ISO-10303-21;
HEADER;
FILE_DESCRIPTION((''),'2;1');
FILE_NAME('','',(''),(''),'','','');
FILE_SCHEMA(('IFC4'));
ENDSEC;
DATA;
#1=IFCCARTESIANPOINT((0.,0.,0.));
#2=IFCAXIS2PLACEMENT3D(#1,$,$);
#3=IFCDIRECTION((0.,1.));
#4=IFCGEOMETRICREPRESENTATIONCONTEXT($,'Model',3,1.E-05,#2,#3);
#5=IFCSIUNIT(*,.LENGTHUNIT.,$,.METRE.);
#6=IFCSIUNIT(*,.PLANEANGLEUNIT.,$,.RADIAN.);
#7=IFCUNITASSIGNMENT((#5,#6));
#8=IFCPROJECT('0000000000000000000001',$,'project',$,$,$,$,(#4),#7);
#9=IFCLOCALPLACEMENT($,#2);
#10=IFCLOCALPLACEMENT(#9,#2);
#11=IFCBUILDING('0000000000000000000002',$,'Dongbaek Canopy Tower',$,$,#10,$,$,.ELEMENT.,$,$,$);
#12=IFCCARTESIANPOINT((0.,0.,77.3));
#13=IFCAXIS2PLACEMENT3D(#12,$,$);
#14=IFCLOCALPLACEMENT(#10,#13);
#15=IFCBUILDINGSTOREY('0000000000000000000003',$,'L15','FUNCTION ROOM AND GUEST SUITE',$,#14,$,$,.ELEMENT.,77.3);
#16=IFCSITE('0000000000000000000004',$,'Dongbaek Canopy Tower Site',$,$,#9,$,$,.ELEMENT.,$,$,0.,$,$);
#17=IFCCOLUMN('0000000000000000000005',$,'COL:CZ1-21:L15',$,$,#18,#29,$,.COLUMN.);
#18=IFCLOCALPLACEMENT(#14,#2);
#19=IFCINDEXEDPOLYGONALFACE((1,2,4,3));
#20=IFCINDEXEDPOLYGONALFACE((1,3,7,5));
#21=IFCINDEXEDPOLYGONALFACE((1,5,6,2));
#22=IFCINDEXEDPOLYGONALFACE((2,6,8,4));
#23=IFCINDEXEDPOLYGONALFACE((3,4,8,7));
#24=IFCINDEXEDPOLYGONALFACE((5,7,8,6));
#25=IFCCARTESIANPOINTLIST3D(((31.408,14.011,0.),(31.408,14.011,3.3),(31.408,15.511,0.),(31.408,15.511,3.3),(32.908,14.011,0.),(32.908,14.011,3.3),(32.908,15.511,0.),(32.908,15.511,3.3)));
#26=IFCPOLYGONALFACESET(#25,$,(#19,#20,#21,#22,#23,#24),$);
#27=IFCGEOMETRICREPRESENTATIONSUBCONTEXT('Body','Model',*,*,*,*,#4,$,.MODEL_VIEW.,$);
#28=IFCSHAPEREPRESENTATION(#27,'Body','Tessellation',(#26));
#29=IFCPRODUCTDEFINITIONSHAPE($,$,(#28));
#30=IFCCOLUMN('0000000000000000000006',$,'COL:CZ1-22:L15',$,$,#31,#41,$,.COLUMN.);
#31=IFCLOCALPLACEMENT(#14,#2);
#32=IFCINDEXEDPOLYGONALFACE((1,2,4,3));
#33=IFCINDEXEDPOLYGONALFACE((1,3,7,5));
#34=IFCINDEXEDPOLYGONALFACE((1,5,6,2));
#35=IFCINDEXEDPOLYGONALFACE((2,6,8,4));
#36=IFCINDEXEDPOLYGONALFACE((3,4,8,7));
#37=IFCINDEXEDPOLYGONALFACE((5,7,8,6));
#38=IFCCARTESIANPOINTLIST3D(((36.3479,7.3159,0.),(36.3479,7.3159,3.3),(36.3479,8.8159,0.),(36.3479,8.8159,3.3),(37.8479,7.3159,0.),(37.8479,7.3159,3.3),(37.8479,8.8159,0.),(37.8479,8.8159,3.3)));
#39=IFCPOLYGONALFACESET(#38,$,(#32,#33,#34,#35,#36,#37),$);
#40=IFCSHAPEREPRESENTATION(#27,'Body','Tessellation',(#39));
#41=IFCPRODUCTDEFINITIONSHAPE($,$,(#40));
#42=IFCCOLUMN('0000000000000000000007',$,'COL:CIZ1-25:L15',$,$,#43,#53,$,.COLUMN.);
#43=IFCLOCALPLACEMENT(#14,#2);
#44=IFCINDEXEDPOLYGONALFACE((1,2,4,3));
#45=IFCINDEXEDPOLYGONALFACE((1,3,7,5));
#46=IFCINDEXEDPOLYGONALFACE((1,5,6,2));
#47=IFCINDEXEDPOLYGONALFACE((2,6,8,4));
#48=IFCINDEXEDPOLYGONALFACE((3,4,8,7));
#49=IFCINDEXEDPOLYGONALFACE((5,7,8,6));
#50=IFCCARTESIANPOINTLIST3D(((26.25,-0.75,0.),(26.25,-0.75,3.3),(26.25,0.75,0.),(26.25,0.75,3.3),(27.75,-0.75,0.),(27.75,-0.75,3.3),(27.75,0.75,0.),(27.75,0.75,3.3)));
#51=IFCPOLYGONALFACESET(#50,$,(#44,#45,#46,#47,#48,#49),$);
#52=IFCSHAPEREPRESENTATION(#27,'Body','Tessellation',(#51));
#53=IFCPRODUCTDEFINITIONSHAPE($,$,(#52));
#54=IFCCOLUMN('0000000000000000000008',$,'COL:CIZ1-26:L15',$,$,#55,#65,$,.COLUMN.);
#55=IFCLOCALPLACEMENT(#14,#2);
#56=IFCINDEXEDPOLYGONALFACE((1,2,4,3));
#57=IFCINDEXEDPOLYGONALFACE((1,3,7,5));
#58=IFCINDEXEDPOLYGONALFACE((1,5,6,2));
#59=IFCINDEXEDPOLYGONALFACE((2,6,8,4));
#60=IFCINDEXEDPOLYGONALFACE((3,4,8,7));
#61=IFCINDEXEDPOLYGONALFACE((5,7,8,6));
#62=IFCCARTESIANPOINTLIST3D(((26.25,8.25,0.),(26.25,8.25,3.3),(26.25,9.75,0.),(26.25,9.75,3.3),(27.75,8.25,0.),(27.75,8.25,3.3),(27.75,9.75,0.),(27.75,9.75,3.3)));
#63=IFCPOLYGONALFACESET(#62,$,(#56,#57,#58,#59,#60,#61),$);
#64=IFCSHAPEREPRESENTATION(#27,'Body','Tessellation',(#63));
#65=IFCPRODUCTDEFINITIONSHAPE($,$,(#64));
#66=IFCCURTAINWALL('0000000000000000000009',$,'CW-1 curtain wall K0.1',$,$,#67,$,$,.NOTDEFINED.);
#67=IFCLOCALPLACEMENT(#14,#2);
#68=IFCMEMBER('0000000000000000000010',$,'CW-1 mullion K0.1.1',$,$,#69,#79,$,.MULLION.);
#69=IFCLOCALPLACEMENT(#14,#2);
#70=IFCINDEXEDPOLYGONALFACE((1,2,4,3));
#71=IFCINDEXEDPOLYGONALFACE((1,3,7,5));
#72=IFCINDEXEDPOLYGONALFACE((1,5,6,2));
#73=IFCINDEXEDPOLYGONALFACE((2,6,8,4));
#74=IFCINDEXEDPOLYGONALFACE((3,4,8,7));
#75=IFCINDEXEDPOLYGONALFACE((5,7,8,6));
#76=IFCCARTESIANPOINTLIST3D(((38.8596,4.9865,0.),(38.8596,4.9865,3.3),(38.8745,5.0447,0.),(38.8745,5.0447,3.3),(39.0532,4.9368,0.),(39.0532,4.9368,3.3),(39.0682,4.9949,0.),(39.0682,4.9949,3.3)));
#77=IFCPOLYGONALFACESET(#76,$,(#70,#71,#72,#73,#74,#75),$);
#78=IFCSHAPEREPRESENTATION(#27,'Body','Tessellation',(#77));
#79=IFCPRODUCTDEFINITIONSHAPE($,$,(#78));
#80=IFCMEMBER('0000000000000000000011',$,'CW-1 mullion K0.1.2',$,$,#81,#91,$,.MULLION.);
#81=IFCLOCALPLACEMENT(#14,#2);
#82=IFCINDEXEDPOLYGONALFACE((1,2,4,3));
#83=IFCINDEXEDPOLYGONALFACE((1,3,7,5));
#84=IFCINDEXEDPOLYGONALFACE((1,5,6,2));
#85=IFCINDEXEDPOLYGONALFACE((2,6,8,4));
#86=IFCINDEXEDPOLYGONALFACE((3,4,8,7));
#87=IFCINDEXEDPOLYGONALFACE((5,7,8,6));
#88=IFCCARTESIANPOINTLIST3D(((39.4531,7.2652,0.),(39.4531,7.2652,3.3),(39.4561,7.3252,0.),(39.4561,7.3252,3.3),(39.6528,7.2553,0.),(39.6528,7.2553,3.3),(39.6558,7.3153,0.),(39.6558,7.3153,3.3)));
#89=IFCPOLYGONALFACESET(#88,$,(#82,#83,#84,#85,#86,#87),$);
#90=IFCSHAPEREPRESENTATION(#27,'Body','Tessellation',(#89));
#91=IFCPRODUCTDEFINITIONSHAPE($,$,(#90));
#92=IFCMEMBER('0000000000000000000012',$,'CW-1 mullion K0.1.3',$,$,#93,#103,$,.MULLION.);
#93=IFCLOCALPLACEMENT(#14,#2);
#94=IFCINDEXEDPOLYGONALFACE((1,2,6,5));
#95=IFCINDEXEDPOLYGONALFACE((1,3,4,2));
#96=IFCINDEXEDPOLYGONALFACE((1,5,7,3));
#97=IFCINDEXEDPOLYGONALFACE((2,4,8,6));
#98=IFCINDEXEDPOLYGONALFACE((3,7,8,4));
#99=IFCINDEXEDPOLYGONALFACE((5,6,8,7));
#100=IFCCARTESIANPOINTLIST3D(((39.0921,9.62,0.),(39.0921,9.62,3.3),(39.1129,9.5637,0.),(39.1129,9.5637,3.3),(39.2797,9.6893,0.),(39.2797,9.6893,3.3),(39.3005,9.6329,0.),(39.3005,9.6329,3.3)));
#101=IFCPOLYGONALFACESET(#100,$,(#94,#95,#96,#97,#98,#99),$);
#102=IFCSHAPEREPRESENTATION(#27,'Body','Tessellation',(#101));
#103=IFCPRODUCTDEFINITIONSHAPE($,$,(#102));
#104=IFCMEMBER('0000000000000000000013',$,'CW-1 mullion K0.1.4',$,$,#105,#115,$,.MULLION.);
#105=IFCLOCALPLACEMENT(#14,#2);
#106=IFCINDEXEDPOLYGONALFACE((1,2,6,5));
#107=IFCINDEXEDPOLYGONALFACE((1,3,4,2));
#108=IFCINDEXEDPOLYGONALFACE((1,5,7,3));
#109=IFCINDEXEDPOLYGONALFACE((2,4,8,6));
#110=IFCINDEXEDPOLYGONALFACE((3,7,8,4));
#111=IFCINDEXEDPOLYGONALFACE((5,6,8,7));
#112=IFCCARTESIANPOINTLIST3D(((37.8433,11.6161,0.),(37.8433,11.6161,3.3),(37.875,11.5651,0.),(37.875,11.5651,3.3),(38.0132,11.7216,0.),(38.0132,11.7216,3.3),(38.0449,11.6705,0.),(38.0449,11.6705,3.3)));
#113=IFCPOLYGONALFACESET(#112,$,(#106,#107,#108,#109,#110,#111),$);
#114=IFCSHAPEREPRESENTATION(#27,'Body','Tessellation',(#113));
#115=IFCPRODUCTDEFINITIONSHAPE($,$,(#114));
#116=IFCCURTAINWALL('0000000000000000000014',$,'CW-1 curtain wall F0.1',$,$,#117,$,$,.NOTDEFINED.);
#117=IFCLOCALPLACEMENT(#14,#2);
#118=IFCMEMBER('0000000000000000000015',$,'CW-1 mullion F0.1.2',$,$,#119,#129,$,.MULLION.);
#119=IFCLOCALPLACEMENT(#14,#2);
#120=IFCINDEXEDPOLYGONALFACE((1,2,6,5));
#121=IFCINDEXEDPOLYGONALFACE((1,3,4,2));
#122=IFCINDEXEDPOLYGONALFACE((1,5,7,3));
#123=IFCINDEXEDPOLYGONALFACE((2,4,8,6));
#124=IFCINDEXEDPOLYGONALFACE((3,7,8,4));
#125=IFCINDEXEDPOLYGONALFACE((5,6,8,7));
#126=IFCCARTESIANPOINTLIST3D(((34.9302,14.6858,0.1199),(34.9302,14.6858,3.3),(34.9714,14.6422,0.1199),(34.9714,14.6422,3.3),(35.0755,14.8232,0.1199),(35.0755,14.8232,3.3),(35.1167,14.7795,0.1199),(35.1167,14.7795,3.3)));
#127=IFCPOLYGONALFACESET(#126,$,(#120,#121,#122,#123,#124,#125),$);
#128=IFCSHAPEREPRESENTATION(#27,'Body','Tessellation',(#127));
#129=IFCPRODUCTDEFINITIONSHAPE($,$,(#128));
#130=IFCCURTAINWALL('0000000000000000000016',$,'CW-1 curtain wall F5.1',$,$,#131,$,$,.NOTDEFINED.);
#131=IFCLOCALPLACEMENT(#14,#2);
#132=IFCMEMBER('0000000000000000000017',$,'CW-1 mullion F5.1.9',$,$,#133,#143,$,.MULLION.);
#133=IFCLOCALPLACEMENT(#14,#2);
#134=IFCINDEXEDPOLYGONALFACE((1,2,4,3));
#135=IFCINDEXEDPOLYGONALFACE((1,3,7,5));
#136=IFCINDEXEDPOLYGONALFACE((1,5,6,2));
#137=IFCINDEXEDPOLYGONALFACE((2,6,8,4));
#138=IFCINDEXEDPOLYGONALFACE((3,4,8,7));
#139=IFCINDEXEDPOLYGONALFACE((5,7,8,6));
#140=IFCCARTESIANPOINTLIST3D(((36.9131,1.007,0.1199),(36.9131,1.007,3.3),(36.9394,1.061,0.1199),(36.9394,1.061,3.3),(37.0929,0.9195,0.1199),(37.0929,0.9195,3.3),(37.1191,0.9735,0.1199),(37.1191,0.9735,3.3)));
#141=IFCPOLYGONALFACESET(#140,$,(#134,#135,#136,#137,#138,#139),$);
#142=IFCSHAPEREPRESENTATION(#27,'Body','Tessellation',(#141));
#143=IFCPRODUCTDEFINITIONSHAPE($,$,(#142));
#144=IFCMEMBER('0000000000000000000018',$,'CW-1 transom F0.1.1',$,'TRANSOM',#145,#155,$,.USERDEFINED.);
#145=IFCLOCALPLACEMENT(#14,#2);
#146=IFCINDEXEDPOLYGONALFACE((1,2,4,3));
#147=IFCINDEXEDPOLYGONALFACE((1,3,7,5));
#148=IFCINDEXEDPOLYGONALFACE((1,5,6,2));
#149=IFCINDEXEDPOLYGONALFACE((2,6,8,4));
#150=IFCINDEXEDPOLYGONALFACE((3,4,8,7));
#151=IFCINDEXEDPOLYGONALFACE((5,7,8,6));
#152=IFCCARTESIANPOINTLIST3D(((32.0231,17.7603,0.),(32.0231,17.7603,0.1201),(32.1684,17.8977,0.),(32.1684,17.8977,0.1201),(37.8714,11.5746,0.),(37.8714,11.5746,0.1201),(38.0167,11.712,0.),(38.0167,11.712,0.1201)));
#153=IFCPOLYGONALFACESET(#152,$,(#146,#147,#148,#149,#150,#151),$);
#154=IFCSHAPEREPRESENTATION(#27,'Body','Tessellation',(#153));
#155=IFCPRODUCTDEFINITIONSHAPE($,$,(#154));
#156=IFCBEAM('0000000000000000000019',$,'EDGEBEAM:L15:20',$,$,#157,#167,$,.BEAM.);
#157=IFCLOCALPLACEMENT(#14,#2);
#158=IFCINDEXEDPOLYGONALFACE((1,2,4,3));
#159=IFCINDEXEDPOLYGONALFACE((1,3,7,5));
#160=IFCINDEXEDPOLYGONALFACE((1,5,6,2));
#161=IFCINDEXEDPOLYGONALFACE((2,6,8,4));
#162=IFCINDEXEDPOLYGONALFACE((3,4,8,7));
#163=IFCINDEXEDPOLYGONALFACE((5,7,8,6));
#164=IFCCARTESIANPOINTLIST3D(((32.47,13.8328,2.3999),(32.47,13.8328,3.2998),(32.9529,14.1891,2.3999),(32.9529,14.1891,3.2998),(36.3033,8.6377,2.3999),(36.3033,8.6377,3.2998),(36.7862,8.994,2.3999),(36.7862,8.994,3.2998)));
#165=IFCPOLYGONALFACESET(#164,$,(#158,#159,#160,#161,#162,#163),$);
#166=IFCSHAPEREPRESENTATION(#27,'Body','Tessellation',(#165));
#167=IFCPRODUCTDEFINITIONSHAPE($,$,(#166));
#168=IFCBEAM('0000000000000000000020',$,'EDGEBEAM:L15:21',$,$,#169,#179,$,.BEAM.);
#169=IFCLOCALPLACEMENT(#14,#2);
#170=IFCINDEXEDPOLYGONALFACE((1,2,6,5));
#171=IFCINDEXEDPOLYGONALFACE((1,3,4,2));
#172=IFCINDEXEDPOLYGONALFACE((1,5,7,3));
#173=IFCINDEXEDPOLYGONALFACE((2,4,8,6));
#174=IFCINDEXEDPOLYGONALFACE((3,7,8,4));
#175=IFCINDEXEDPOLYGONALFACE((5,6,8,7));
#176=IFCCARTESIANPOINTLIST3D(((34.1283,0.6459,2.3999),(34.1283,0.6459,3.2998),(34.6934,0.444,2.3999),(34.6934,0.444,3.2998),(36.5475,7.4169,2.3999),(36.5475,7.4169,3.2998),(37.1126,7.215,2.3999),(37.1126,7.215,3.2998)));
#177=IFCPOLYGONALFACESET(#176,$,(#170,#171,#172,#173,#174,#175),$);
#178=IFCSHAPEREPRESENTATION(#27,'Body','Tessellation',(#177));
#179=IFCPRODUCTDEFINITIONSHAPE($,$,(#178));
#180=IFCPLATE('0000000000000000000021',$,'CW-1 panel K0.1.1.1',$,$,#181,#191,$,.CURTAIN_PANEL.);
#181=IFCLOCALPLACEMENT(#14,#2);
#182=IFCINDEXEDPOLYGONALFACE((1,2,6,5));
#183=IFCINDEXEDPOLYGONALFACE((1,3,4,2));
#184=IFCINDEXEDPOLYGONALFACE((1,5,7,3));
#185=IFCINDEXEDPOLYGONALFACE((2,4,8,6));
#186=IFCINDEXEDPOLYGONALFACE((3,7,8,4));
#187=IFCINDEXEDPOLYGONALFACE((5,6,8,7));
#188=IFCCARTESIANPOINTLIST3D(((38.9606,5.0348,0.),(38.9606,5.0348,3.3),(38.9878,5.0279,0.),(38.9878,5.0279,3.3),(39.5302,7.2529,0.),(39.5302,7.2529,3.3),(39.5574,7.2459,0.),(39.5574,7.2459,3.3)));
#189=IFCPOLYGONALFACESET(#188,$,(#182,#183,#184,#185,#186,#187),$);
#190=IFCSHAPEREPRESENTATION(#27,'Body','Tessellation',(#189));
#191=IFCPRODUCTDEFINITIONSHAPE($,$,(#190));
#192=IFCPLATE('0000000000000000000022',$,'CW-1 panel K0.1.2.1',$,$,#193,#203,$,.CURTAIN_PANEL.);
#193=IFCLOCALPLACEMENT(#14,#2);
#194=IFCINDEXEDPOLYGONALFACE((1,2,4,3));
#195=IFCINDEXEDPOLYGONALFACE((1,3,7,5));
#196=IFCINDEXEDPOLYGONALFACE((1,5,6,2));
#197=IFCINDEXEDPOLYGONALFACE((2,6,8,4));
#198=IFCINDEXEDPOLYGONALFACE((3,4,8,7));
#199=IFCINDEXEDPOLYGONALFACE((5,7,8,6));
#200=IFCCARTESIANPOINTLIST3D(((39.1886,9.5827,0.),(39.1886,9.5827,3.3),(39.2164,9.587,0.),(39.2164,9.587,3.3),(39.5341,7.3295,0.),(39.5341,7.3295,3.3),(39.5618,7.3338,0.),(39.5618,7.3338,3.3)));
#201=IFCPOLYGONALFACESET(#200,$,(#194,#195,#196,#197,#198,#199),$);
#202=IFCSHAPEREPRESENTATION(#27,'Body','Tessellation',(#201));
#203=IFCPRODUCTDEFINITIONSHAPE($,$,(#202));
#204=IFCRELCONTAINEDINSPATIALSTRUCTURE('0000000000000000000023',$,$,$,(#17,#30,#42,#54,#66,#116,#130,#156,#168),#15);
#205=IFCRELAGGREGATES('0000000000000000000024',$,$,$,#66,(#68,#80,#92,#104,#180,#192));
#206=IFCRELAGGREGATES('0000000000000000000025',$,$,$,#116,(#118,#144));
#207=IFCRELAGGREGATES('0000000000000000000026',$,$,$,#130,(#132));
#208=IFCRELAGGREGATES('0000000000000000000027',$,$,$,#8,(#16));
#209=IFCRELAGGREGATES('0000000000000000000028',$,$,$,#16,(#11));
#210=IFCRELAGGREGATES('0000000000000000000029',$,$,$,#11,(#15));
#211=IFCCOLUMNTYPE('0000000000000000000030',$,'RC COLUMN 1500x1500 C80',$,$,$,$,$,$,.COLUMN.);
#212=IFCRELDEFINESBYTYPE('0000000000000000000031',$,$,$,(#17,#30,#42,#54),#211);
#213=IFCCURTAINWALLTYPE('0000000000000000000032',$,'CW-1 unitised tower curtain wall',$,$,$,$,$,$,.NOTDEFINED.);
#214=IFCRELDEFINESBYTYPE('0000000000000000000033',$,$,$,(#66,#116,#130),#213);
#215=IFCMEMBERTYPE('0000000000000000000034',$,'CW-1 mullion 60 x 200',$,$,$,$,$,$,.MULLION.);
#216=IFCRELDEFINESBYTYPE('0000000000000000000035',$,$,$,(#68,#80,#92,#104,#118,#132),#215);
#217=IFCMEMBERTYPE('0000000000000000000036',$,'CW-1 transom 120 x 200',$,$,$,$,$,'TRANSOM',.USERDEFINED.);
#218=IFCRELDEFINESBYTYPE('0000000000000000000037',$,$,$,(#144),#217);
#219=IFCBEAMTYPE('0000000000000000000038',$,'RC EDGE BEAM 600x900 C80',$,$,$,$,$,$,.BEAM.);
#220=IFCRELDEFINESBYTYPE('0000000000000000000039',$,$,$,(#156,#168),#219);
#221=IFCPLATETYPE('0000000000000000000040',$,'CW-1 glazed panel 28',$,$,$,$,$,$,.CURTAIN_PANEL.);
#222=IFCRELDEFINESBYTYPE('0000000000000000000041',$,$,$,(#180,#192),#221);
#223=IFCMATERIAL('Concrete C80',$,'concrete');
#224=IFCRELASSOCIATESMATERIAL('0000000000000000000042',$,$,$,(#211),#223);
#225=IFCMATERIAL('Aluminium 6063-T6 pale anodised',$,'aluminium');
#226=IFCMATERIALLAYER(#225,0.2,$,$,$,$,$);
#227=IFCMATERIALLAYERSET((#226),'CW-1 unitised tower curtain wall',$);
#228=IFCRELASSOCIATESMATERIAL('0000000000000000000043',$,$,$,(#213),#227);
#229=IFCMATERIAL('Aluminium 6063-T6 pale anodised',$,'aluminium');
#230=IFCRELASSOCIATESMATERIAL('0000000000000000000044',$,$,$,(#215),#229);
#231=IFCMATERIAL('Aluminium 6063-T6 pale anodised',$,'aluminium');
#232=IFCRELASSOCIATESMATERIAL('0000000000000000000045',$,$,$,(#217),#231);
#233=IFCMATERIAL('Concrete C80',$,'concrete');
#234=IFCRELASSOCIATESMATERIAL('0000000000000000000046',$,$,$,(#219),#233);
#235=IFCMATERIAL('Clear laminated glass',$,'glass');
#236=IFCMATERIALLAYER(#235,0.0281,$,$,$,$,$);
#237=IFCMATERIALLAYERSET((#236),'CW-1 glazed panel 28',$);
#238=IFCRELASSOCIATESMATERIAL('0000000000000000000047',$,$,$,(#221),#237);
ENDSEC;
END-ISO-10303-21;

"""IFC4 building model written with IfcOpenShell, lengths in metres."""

from ifc_helpers import new_model, si_unit, direction, frame, origin, origin_2d, place, context, subcontext, project, spatial, rectangle, extrude, material, layer, layer_set, material_profile, profile_set, type_object, element, aggregate, save


model = new_model("IFC4")

# Units and contexts
model_context = context("Model", 3, precision=1e-05, world=origin(), true_north=direction((0.0, 1.0)))
body_context = subcontext(model_context, "Body", "Model", "MODEL_VIEW")
ifc_project = project(units=[si_unit("LENGTHUNIT", "METRE"), si_unit("PLANEANGLEUNIT", "RADIAN")], contexts=[model_context])

# Site, building, storey
site_placement = place(None, origin())
site = spatial("IfcSite", under=ifc_project, at=site_placement, Name="Dongbaek Canopy Tower Site", CompositionType="ELEMENT", RefElevation=0.0)
building_placement = place(site_placement, origin())
building = spatial("IfcBuilding", under=site, at=building_placement, Name="Dongbaek Canopy Tower", CompositionType="ELEMENT")
storey_placement = place(building_placement, frame((0.0, 0.0, 77.3)))
storey = spatial("IfcBuildingStorey", under=building, at=storey_placement, Name="L15", Description="FUNCTION ROOM AND GUEST SUITE", CompositionType="ELEMENT", Elevation=77.3)

# Columns
ifc_material_1 = material(Name="Concrete C80", Category="concrete")
ifc_material_profile_1 = material_profile(ifc_material_1, rectangle(XDim=1.5, YDim=1.5, at=origin_2d()), Name="RC COLUMN 1500x1500 C80")
ifc_profile_set_1 = profile_set([ifc_material_profile_1], Name="Concrete C80")
column_type = type_object("IfcColumnType", Name="RC COLUMN 1500x1500 C80", PredefinedType="COLUMN", material=ifc_profile_set_1)
for number, where, z_axis, x_axis, name in (
    (1, (32.158, 14.761, 0.0), (0.0, 0.0, 1.0), (1.0, 0.0, 0.0), "COL:CZ1-21:L15"),
    (2, (37.0979, 8.0659, 0.0), (0.0, 0.0, 1.0), (1.0, 0.0, 0.0), "COL:CZ1-22:L15"),
    (3, (27.0, 0.0, 0.0), (0.0, 0.0, 1.0), (1.0, 0.0, 0.0), "COL:CIZ1-25:L15"),
    (4, (27.0, 9.0, 0.0), (0.0, 0.0, 1.0), (1.0, 0.0, 0.0), "COL:CIZ1-26:L15"),
):
    element("IfcColumn", number, at=place(storey_placement, frame(where, z_axis=z_axis, x_axis=x_axis)), inside=storey, type_object=column_type, Name=name, PredefinedType="COLUMN", context=body_context, shape_type="SweptSolid", body=[
        extrude(rectangle(XDim=1.5, YDim=1.5, at=origin_2d()), origin(), (0.0, 0.0, 1.0), 3.3),
    ])

# Curtain wall, members
ifc_material_2 = material(Name="Aluminium 6063-T6 pale anodised", Category="aluminium")
ifc_layer_1 = layer(ifc_material_2, 0.2)
ifc_layer_set_1 = layer_set([ifc_layer_1], Name="CW-1 unitised tower curtain wall")
curtain_wall_type = type_object("IfcCurtainWallType", Name="CW-1 unitised tower curtain wall", PredefinedType="NOTDEFINED", material=ifc_layer_set_1)
curtain_wall_1_placement = place(storey_placement, origin())
curtain_wall_1 = element("IfcCurtainWall", 5, at=curtain_wall_1_placement, inside=storey, type_object=curtain_wall_type, Name="CW-1 curtain wall K0.1", PredefinedType="NOTDEFINED")
ifc_material_3 = material(Name="Aluminium 6063-T6 pale anodised", Category="aluminium")
ifc_material_profile_2 = material_profile(ifc_material_3, rectangle(XDim=0.2, YDim=0.0601, at=origin_2d()), Name="CW-1 mullion 60 x 200")
ifc_profile_set_2 = profile_set([ifc_material_profile_2], Name="Aluminium 6063-T6 pale anodised")
member_type_1 = type_object("IfcMemberType", Name="CW-1 mullion 60 x 200", PredefinedType="MULLION", material=ifc_profile_set_2)
member_1_placement = place(storey_placement, frame((38.9639, 4.9907, 0.0), z_axis=(0.0, 0.0, 1.0), x_axis=(0.968575, -0.248722, 0.0)))
member_1 = element("IfcMember", 6, at=member_1_placement, type_object=member_type_1, Name="CW-1 mullion K0.1.1", PredefinedType="MULLION", context=body_context, shape_type="SweptSolid", body=[
    extrude(rectangle(XDim=0.2, YDim=0.0601, at=origin_2d()), origin(), (0.0, 0.0, 1.0), 3.3),
])
member_2_placement = place(storey_placement, frame((39.5544, 7.2903, 0.0), z_axis=(0.0, 0.0, 1.0), x_axis=(0.998769, -0.049596, 0.0)))
member_2 = element("IfcMember", 7, at=member_2_placement, type_object=member_type_1, Name="CW-1 mullion K0.1.2", PredefinedType="MULLION", context=body_context, shape_type="SweptSolid", body=[
    extrude(rectangle(XDim=0.2, YDim=0.0601, at=origin_2d()), origin(), (0.0, 0.0, 1.0), 3.3),
])
member_3_placement = place(storey_placement, frame((39.1963, 9.6265, 0.0), z_axis=(0.0, 0.0, 1.0), x_axis=(0.938038, 0.346532, 0.0)))
member_3 = element("IfcMember", 8, at=member_3_placement, type_object=member_type_1, Name="CW-1 mullion K0.1.3", PredefinedType="MULLION", context=body_context, shape_type="SweptSolid", body=[
    extrude(rectangle(XDim=0.2, YDim=0.0601, at=origin_2d()), origin(), (0.0, 0.0, 1.0), 3.3),
])
member_4_placement = place(storey_placement, frame((37.9441, 11.6433, 0.0), z_axis=(0.0, 0.0, 1.0), x_axis=(0.849576, 0.527466, 0.0)))
member_4 = element("IfcMember", 9, at=member_4_placement, type_object=member_type_1, Name="CW-1 mullion K0.1.4", PredefinedType="MULLION", context=body_context, shape_type="SweptSolid", body=[
    extrude(rectangle(XDim=0.2, YDim=0.0601, at=origin_2d()), origin(), (0.0, 0.0, 1.0), 3.3),
])

# Curtain walls, members
curtain_wall_2_placement = place(storey_placement, origin())
curtain_wall_2 = element("IfcCurtainWall", 10, at=curtain_wall_2_placement, inside=storey, type_object=curtain_wall_type, Name="CW-1 curtain wall F0.1", PredefinedType="NOTDEFINED")
member_5_placement = place(storey_placement, frame((35.0234, 14.7327, 0.1199), z_axis=(0.0, 0.0, 1.0), x_axis=(0.726653, 0.687005, 0.0)))
member_5 = element("IfcMember", 11, at=member_5_placement, type_object=member_type_1, Name="CW-1 mullion F0.1.2", PredefinedType="MULLION", context=body_context, shape_type="SweptSolid", body=[
    extrude(rectangle(XDim=0.2, YDim=0.0601, at=origin_2d()), origin(), (0.0, 0.0, 1.0), 3.1802),
])
curtain_wall_3_placement = place(storey_placement, origin())
curtain_wall_3 = element("IfcCurtainWall", 12, at=curtain_wall_3_placement, inside=storey, type_object=curtain_wall_type, Name="CW-1 curtain wall F5.1", PredefinedType="NOTDEFINED")
member_6_placement = place(storey_placement, frame((37.0161, 0.9902, 0.1199), z_axis=(0.0, 0.0, 1.0), x_axis=(0.899092, -0.437759, 0.0)))
member_6 = element("IfcMember", 13, at=member_6_placement, type_object=member_type_1, Name="CW-1 mullion F5.1.9", PredefinedType="MULLION", context=body_context, shape_type="SweptSolid", body=[
    extrude(rectangle(XDim=0.2, YDim=0.0601, at=origin_2d()), origin(), (0.0, 0.0, 1.0), 3.1802),
])

# Member
ifc_material_4 = material(Name="Aluminium 6063-T6 pale anodised", Category="aluminium")
ifc_material_profile_3 = material_profile(ifc_material_4, rectangle(XDim=0.2, YDim=0.1201, at=origin_2d()), Name="CW-1 transom 120 x 200")
ifc_profile_set_3 = profile_set([ifc_material_profile_3], Name="Aluminium 6063-T6 pale anodised")
member_type_2 = type_object("IfcMemberType", Name="CW-1 transom 120 x 200", ElementType="TRANSOM", PredefinedType="USERDEFINED", material=ifc_profile_set_3)
member_7_placement = place(storey_placement, frame((37.9441, 11.6433, 0.0601), z_axis=(-0.687012, 0.726646, 0.0), x_axis=(-0.726646, -0.687012, 0.0)))
member_7 = element("IfcMember", 14, at=member_7_placement, type_object=member_type_2, Name="CW-1 transom F0.1.1", ObjectType="TRANSOM", PredefinedType="USERDEFINED", context=body_context, shape_type="SweptSolid", body=[
    extrude(rectangle(XDim=0.2, YDim=0.1201, at=origin_2d()), origin(), (0.0, 0.0, 1.0), 8.5127),
])

# Beams
ifc_material_5 = material(Name="Concrete C80", Category="concrete")
ifc_material_profile_4 = material_profile(ifc_material_5, rectangle(XDim=0.6001, YDim=0.8999, at=origin_2d()), Name="RC EDGE BEAM 600x900 C80")
ifc_profile_set_4 = profile_set([ifc_material_profile_4], Name="Concrete C80")
beam_type = type_object("IfcBeamType", Name="RC EDGE BEAM 600x900 C80", PredefinedType="BEAM", material=ifc_profile_set_4)
beam_1_placement = place(storey_placement, frame((32.7114, 14.011, 2.8499), z_axis=(0.593732, -0.804663, 0.0), x_axis=(0.804663, 0.593732, 0.0)))
element("IfcBeam", 15, at=beam_1_placement, inside=storey, type_object=beam_type, Name="EDGEBEAM:L15:20", PredefinedType="BEAM", context=body_context, shape_type="SweptSolid", body=[
    extrude(rectangle(XDim=0.6001, YDim=0.8999, at=origin_2d()), origin(), (0.0, 0.0, 1.0), 6.4563),
])
beam_2_placement = place(storey_placement, frame((36.8301, 7.3159, 2.8499), z_axis=(-0.336457, -0.941699, 0.0), x_axis=(0.941699, -0.336457, 0.0)))
element("IfcBeam", 16, at=beam_2_placement, inside=storey, type_object=beam_type, Name="EDGEBEAM:L15:21", PredefinedType="BEAM", context=body_context, shape_type="SweptSolid", body=[
    extrude(rectangle(XDim=0.6001, YDim=0.8999, at=origin_2d()), origin(), (0.0, 0.0, 1.0), 7.1902),
])

# Plates
ifc_material_6 = material(Name="Clear laminated glass", Category="glass")
ifc_layer_2 = layer(ifc_material_6, 0.0281)
ifc_layer_set_2 = layer_set([ifc_layer_2], Name="CW-1 glazed panel 28")
plate_type = type_object("IfcPlateType", Name="CW-1 glazed panel 28", PredefinedType="CURTAIN_PANEL", material=ifc_layer_set_2)
plate_1_placement = place(storey_placement, frame((39.259, 6.1404, 0.0), z_axis=(0.0, 0.0, 1.0), x_axis=(0.248722, 0.968575, 0.0)))
plate_1 = element("IfcPlate", 17, at=plate_1_placement, type_object=plate_type, Name="CW-1 panel K0.1.1.1", PredefinedType="CURTAIN_PANEL", context=body_context, shape_type="SweptSolid", body=[
    extrude(rectangle(XDim=2.29, YDim=0.0281, at=origin_2d()), origin(), (0.0, 0.0, 1.0), 3.3),
])
plate_2_placement = place(storey_placement, frame((39.3752, 8.4583, 0.0), z_axis=(0.0, 0.0, 1.0), x_axis=(-0.151541, 0.988451, 0.0)))
plate_2 = element("IfcPlate", 18, at=plate_2_placement, type_object=plate_type, Name="CW-1 panel K0.1.2.1", PredefinedType="CURTAIN_PANEL", context=body_context, shape_type="SweptSolid", body=[
    extrude(rectangle(XDim=2.2795, YDim=0.0281, at=origin_2d()), origin(), (0.0, 0.0, 1.0), 3.3),
])

aggregate(curtain_wall_1, [member_1, member_2, member_3, member_4, plate_1, plate_2])
aggregate(curtain_wall_2, [member_5, member_7])
aggregate(curtain_wall_3, [member_6])

save(model, "model.ifc")
